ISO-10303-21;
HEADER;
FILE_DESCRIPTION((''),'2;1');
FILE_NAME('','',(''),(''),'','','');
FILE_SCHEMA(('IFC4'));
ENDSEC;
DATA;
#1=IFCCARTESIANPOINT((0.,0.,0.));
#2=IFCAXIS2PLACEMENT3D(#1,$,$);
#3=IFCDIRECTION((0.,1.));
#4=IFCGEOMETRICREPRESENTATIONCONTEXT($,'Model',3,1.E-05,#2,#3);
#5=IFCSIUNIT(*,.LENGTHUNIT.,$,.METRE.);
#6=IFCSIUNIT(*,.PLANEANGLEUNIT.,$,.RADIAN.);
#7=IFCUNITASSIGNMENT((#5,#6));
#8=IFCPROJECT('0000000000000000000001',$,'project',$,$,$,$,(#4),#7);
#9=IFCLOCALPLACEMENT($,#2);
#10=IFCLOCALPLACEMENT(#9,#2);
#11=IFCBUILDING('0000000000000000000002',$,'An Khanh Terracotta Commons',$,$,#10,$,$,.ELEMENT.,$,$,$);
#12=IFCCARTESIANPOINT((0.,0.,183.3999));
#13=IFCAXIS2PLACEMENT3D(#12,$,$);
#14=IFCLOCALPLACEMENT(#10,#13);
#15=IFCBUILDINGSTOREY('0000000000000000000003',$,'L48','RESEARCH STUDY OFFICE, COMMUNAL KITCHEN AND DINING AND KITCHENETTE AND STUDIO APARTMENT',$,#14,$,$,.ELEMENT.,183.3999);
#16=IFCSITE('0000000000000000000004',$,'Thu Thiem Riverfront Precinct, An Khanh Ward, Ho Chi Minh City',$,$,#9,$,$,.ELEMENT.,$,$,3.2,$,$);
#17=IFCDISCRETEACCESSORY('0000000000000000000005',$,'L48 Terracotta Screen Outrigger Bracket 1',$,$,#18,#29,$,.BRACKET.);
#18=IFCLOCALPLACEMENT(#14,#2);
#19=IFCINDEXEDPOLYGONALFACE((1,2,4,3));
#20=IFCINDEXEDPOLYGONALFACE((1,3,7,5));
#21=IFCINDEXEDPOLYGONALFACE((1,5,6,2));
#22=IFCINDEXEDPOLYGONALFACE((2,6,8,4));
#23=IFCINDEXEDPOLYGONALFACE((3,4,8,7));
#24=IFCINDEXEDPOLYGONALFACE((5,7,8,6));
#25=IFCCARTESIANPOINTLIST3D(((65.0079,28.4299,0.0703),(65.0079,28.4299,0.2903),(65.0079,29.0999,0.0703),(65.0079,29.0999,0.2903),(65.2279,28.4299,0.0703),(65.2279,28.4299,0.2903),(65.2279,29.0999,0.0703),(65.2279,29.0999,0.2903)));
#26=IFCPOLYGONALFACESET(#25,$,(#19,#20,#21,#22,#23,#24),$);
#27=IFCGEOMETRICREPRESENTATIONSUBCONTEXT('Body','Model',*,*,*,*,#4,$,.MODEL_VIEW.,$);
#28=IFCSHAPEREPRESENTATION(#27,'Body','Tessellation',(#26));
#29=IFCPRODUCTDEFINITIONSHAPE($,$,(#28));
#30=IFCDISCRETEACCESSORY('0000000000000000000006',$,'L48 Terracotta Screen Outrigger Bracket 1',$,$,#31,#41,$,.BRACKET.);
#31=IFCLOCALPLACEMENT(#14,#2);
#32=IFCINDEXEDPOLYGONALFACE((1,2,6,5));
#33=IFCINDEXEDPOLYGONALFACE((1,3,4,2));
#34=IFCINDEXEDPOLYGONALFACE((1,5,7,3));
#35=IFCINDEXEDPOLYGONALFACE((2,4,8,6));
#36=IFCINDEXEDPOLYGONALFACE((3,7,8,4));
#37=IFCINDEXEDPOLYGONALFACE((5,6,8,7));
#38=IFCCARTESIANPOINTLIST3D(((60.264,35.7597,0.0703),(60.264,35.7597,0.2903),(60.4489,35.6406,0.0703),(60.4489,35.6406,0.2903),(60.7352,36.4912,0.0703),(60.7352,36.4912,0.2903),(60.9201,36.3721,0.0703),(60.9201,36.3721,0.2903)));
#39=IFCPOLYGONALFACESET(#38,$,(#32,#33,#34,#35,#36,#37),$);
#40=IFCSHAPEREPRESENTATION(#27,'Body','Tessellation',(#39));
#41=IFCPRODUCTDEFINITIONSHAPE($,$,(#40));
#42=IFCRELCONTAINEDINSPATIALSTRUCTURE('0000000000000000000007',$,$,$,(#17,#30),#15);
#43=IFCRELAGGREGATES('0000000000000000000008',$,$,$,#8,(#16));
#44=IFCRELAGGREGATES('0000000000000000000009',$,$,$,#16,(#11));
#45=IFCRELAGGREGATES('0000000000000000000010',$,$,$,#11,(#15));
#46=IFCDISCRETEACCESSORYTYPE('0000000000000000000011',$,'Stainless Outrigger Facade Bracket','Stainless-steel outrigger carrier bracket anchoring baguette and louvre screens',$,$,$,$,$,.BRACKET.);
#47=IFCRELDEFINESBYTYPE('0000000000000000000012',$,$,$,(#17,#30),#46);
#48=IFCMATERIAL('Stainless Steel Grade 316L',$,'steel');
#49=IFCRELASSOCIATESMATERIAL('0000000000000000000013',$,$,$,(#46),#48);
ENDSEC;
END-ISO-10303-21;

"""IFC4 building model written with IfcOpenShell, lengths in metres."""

from ifc_helpers import new_model, si_unit, direction, frame, origin, origin_2d, place, context, subcontext, project, spatial, rectangle, extrude, material, type_object, element, save


model = new_model("IFC4")

# Units and contexts
model_context = context("Model", 3, precision=1e-05, world=origin(), true_north=direction((0.0, 1.0)))
body_context = subcontext(model_context, "Body", "Model", "MODEL_VIEW")
ifc_project = project(units=[si_unit("LENGTHUNIT", "METRE"), si_unit("PLANEANGLEUNIT", "RADIAN")], contexts=[model_context])

# Site, building, storey
site_placement = place(None, origin())
site = spatial("IfcSite", under=ifc_project, at=site_placement, Name="Thu Thiem Riverfront Precinct, An Khanh Ward, Ho Chi Minh City", CompositionType="ELEMENT", RefElevation=3.2)
building_placement = place(site_placement, origin())
building = spatial("IfcBuilding", under=site, at=building_placement, Name="An Khanh Terracotta Commons", CompositionType="ELEMENT")
storey_placement = place(building_placement, frame((0.0, 0.0, 183.3999)))
storey = spatial("IfcBuildingStorey", under=building, at=storey_placement, Name="L48", Description="RESEARCH STUDY OFFICE, COMMUNAL KITCHEN AND DINING AND KITCHENETTE AND STUDIO APARTMENT", CompositionType="ELEMENT", Elevation=183.3999)

# Discrete accessories
ifc_material_1 = material(Name="Stainless Steel Grade 316L", Category="steel")
discrete_accessory_type = type_object("IfcDiscreteAccessoryType", Name="Stainless Outrigger Facade Bracket", Description="Stainless-steel outrigger carrier bracket anchoring baguette and louvre screens", PredefinedType="BRACKET", material=ifc_material_1)
for number, where, z_axis, x_axis, name in (
    (1, (65.1179, 28.7649, 0.0703), (0.0, 0.0, 1.0), (-1.0, 0.0, 0.0), "L48 Terracotta Screen Outrigger Bracket 1"),
):
    element("IfcDiscreteAccessory", number, at=place(storey_placement, frame(where, z_axis=z_axis, x_axis=x_axis)), inside=storey, type_object=discrete_accessory_type, Name=name, PredefinedType="BRACKET", context=body_context, shape_type="SweptSolid", body=[
        extrude(rectangle(XDim=0.22, YDim=0.6699, at=origin_2d()), origin(), (0.0, 0.0, 1.0), 0.22),
    ])
discrete_accessory_placement = place(storey_placement, frame((60.592, 36.0659, 0.0703), z_axis=(0.0, 0.0, 1.0), x_axis=(-0.840702, 0.541498, 0.0)))
element("IfcDiscreteAccessory", 2, at=discrete_accessory_placement, inside=storey, type_object=discrete_accessory_type, Name="L48 Terracotta Screen Outrigger Bracket 1", PredefinedType="BRACKET", context=body_context, shape_type="SweptSolid", body=[
    extrude(rectangle(XDim=0.22, YDim=0.8701, at=origin_2d()), origin(), (0.0, 0.0, 1.0), 0.22),
])

save(model, "model.ifc")
